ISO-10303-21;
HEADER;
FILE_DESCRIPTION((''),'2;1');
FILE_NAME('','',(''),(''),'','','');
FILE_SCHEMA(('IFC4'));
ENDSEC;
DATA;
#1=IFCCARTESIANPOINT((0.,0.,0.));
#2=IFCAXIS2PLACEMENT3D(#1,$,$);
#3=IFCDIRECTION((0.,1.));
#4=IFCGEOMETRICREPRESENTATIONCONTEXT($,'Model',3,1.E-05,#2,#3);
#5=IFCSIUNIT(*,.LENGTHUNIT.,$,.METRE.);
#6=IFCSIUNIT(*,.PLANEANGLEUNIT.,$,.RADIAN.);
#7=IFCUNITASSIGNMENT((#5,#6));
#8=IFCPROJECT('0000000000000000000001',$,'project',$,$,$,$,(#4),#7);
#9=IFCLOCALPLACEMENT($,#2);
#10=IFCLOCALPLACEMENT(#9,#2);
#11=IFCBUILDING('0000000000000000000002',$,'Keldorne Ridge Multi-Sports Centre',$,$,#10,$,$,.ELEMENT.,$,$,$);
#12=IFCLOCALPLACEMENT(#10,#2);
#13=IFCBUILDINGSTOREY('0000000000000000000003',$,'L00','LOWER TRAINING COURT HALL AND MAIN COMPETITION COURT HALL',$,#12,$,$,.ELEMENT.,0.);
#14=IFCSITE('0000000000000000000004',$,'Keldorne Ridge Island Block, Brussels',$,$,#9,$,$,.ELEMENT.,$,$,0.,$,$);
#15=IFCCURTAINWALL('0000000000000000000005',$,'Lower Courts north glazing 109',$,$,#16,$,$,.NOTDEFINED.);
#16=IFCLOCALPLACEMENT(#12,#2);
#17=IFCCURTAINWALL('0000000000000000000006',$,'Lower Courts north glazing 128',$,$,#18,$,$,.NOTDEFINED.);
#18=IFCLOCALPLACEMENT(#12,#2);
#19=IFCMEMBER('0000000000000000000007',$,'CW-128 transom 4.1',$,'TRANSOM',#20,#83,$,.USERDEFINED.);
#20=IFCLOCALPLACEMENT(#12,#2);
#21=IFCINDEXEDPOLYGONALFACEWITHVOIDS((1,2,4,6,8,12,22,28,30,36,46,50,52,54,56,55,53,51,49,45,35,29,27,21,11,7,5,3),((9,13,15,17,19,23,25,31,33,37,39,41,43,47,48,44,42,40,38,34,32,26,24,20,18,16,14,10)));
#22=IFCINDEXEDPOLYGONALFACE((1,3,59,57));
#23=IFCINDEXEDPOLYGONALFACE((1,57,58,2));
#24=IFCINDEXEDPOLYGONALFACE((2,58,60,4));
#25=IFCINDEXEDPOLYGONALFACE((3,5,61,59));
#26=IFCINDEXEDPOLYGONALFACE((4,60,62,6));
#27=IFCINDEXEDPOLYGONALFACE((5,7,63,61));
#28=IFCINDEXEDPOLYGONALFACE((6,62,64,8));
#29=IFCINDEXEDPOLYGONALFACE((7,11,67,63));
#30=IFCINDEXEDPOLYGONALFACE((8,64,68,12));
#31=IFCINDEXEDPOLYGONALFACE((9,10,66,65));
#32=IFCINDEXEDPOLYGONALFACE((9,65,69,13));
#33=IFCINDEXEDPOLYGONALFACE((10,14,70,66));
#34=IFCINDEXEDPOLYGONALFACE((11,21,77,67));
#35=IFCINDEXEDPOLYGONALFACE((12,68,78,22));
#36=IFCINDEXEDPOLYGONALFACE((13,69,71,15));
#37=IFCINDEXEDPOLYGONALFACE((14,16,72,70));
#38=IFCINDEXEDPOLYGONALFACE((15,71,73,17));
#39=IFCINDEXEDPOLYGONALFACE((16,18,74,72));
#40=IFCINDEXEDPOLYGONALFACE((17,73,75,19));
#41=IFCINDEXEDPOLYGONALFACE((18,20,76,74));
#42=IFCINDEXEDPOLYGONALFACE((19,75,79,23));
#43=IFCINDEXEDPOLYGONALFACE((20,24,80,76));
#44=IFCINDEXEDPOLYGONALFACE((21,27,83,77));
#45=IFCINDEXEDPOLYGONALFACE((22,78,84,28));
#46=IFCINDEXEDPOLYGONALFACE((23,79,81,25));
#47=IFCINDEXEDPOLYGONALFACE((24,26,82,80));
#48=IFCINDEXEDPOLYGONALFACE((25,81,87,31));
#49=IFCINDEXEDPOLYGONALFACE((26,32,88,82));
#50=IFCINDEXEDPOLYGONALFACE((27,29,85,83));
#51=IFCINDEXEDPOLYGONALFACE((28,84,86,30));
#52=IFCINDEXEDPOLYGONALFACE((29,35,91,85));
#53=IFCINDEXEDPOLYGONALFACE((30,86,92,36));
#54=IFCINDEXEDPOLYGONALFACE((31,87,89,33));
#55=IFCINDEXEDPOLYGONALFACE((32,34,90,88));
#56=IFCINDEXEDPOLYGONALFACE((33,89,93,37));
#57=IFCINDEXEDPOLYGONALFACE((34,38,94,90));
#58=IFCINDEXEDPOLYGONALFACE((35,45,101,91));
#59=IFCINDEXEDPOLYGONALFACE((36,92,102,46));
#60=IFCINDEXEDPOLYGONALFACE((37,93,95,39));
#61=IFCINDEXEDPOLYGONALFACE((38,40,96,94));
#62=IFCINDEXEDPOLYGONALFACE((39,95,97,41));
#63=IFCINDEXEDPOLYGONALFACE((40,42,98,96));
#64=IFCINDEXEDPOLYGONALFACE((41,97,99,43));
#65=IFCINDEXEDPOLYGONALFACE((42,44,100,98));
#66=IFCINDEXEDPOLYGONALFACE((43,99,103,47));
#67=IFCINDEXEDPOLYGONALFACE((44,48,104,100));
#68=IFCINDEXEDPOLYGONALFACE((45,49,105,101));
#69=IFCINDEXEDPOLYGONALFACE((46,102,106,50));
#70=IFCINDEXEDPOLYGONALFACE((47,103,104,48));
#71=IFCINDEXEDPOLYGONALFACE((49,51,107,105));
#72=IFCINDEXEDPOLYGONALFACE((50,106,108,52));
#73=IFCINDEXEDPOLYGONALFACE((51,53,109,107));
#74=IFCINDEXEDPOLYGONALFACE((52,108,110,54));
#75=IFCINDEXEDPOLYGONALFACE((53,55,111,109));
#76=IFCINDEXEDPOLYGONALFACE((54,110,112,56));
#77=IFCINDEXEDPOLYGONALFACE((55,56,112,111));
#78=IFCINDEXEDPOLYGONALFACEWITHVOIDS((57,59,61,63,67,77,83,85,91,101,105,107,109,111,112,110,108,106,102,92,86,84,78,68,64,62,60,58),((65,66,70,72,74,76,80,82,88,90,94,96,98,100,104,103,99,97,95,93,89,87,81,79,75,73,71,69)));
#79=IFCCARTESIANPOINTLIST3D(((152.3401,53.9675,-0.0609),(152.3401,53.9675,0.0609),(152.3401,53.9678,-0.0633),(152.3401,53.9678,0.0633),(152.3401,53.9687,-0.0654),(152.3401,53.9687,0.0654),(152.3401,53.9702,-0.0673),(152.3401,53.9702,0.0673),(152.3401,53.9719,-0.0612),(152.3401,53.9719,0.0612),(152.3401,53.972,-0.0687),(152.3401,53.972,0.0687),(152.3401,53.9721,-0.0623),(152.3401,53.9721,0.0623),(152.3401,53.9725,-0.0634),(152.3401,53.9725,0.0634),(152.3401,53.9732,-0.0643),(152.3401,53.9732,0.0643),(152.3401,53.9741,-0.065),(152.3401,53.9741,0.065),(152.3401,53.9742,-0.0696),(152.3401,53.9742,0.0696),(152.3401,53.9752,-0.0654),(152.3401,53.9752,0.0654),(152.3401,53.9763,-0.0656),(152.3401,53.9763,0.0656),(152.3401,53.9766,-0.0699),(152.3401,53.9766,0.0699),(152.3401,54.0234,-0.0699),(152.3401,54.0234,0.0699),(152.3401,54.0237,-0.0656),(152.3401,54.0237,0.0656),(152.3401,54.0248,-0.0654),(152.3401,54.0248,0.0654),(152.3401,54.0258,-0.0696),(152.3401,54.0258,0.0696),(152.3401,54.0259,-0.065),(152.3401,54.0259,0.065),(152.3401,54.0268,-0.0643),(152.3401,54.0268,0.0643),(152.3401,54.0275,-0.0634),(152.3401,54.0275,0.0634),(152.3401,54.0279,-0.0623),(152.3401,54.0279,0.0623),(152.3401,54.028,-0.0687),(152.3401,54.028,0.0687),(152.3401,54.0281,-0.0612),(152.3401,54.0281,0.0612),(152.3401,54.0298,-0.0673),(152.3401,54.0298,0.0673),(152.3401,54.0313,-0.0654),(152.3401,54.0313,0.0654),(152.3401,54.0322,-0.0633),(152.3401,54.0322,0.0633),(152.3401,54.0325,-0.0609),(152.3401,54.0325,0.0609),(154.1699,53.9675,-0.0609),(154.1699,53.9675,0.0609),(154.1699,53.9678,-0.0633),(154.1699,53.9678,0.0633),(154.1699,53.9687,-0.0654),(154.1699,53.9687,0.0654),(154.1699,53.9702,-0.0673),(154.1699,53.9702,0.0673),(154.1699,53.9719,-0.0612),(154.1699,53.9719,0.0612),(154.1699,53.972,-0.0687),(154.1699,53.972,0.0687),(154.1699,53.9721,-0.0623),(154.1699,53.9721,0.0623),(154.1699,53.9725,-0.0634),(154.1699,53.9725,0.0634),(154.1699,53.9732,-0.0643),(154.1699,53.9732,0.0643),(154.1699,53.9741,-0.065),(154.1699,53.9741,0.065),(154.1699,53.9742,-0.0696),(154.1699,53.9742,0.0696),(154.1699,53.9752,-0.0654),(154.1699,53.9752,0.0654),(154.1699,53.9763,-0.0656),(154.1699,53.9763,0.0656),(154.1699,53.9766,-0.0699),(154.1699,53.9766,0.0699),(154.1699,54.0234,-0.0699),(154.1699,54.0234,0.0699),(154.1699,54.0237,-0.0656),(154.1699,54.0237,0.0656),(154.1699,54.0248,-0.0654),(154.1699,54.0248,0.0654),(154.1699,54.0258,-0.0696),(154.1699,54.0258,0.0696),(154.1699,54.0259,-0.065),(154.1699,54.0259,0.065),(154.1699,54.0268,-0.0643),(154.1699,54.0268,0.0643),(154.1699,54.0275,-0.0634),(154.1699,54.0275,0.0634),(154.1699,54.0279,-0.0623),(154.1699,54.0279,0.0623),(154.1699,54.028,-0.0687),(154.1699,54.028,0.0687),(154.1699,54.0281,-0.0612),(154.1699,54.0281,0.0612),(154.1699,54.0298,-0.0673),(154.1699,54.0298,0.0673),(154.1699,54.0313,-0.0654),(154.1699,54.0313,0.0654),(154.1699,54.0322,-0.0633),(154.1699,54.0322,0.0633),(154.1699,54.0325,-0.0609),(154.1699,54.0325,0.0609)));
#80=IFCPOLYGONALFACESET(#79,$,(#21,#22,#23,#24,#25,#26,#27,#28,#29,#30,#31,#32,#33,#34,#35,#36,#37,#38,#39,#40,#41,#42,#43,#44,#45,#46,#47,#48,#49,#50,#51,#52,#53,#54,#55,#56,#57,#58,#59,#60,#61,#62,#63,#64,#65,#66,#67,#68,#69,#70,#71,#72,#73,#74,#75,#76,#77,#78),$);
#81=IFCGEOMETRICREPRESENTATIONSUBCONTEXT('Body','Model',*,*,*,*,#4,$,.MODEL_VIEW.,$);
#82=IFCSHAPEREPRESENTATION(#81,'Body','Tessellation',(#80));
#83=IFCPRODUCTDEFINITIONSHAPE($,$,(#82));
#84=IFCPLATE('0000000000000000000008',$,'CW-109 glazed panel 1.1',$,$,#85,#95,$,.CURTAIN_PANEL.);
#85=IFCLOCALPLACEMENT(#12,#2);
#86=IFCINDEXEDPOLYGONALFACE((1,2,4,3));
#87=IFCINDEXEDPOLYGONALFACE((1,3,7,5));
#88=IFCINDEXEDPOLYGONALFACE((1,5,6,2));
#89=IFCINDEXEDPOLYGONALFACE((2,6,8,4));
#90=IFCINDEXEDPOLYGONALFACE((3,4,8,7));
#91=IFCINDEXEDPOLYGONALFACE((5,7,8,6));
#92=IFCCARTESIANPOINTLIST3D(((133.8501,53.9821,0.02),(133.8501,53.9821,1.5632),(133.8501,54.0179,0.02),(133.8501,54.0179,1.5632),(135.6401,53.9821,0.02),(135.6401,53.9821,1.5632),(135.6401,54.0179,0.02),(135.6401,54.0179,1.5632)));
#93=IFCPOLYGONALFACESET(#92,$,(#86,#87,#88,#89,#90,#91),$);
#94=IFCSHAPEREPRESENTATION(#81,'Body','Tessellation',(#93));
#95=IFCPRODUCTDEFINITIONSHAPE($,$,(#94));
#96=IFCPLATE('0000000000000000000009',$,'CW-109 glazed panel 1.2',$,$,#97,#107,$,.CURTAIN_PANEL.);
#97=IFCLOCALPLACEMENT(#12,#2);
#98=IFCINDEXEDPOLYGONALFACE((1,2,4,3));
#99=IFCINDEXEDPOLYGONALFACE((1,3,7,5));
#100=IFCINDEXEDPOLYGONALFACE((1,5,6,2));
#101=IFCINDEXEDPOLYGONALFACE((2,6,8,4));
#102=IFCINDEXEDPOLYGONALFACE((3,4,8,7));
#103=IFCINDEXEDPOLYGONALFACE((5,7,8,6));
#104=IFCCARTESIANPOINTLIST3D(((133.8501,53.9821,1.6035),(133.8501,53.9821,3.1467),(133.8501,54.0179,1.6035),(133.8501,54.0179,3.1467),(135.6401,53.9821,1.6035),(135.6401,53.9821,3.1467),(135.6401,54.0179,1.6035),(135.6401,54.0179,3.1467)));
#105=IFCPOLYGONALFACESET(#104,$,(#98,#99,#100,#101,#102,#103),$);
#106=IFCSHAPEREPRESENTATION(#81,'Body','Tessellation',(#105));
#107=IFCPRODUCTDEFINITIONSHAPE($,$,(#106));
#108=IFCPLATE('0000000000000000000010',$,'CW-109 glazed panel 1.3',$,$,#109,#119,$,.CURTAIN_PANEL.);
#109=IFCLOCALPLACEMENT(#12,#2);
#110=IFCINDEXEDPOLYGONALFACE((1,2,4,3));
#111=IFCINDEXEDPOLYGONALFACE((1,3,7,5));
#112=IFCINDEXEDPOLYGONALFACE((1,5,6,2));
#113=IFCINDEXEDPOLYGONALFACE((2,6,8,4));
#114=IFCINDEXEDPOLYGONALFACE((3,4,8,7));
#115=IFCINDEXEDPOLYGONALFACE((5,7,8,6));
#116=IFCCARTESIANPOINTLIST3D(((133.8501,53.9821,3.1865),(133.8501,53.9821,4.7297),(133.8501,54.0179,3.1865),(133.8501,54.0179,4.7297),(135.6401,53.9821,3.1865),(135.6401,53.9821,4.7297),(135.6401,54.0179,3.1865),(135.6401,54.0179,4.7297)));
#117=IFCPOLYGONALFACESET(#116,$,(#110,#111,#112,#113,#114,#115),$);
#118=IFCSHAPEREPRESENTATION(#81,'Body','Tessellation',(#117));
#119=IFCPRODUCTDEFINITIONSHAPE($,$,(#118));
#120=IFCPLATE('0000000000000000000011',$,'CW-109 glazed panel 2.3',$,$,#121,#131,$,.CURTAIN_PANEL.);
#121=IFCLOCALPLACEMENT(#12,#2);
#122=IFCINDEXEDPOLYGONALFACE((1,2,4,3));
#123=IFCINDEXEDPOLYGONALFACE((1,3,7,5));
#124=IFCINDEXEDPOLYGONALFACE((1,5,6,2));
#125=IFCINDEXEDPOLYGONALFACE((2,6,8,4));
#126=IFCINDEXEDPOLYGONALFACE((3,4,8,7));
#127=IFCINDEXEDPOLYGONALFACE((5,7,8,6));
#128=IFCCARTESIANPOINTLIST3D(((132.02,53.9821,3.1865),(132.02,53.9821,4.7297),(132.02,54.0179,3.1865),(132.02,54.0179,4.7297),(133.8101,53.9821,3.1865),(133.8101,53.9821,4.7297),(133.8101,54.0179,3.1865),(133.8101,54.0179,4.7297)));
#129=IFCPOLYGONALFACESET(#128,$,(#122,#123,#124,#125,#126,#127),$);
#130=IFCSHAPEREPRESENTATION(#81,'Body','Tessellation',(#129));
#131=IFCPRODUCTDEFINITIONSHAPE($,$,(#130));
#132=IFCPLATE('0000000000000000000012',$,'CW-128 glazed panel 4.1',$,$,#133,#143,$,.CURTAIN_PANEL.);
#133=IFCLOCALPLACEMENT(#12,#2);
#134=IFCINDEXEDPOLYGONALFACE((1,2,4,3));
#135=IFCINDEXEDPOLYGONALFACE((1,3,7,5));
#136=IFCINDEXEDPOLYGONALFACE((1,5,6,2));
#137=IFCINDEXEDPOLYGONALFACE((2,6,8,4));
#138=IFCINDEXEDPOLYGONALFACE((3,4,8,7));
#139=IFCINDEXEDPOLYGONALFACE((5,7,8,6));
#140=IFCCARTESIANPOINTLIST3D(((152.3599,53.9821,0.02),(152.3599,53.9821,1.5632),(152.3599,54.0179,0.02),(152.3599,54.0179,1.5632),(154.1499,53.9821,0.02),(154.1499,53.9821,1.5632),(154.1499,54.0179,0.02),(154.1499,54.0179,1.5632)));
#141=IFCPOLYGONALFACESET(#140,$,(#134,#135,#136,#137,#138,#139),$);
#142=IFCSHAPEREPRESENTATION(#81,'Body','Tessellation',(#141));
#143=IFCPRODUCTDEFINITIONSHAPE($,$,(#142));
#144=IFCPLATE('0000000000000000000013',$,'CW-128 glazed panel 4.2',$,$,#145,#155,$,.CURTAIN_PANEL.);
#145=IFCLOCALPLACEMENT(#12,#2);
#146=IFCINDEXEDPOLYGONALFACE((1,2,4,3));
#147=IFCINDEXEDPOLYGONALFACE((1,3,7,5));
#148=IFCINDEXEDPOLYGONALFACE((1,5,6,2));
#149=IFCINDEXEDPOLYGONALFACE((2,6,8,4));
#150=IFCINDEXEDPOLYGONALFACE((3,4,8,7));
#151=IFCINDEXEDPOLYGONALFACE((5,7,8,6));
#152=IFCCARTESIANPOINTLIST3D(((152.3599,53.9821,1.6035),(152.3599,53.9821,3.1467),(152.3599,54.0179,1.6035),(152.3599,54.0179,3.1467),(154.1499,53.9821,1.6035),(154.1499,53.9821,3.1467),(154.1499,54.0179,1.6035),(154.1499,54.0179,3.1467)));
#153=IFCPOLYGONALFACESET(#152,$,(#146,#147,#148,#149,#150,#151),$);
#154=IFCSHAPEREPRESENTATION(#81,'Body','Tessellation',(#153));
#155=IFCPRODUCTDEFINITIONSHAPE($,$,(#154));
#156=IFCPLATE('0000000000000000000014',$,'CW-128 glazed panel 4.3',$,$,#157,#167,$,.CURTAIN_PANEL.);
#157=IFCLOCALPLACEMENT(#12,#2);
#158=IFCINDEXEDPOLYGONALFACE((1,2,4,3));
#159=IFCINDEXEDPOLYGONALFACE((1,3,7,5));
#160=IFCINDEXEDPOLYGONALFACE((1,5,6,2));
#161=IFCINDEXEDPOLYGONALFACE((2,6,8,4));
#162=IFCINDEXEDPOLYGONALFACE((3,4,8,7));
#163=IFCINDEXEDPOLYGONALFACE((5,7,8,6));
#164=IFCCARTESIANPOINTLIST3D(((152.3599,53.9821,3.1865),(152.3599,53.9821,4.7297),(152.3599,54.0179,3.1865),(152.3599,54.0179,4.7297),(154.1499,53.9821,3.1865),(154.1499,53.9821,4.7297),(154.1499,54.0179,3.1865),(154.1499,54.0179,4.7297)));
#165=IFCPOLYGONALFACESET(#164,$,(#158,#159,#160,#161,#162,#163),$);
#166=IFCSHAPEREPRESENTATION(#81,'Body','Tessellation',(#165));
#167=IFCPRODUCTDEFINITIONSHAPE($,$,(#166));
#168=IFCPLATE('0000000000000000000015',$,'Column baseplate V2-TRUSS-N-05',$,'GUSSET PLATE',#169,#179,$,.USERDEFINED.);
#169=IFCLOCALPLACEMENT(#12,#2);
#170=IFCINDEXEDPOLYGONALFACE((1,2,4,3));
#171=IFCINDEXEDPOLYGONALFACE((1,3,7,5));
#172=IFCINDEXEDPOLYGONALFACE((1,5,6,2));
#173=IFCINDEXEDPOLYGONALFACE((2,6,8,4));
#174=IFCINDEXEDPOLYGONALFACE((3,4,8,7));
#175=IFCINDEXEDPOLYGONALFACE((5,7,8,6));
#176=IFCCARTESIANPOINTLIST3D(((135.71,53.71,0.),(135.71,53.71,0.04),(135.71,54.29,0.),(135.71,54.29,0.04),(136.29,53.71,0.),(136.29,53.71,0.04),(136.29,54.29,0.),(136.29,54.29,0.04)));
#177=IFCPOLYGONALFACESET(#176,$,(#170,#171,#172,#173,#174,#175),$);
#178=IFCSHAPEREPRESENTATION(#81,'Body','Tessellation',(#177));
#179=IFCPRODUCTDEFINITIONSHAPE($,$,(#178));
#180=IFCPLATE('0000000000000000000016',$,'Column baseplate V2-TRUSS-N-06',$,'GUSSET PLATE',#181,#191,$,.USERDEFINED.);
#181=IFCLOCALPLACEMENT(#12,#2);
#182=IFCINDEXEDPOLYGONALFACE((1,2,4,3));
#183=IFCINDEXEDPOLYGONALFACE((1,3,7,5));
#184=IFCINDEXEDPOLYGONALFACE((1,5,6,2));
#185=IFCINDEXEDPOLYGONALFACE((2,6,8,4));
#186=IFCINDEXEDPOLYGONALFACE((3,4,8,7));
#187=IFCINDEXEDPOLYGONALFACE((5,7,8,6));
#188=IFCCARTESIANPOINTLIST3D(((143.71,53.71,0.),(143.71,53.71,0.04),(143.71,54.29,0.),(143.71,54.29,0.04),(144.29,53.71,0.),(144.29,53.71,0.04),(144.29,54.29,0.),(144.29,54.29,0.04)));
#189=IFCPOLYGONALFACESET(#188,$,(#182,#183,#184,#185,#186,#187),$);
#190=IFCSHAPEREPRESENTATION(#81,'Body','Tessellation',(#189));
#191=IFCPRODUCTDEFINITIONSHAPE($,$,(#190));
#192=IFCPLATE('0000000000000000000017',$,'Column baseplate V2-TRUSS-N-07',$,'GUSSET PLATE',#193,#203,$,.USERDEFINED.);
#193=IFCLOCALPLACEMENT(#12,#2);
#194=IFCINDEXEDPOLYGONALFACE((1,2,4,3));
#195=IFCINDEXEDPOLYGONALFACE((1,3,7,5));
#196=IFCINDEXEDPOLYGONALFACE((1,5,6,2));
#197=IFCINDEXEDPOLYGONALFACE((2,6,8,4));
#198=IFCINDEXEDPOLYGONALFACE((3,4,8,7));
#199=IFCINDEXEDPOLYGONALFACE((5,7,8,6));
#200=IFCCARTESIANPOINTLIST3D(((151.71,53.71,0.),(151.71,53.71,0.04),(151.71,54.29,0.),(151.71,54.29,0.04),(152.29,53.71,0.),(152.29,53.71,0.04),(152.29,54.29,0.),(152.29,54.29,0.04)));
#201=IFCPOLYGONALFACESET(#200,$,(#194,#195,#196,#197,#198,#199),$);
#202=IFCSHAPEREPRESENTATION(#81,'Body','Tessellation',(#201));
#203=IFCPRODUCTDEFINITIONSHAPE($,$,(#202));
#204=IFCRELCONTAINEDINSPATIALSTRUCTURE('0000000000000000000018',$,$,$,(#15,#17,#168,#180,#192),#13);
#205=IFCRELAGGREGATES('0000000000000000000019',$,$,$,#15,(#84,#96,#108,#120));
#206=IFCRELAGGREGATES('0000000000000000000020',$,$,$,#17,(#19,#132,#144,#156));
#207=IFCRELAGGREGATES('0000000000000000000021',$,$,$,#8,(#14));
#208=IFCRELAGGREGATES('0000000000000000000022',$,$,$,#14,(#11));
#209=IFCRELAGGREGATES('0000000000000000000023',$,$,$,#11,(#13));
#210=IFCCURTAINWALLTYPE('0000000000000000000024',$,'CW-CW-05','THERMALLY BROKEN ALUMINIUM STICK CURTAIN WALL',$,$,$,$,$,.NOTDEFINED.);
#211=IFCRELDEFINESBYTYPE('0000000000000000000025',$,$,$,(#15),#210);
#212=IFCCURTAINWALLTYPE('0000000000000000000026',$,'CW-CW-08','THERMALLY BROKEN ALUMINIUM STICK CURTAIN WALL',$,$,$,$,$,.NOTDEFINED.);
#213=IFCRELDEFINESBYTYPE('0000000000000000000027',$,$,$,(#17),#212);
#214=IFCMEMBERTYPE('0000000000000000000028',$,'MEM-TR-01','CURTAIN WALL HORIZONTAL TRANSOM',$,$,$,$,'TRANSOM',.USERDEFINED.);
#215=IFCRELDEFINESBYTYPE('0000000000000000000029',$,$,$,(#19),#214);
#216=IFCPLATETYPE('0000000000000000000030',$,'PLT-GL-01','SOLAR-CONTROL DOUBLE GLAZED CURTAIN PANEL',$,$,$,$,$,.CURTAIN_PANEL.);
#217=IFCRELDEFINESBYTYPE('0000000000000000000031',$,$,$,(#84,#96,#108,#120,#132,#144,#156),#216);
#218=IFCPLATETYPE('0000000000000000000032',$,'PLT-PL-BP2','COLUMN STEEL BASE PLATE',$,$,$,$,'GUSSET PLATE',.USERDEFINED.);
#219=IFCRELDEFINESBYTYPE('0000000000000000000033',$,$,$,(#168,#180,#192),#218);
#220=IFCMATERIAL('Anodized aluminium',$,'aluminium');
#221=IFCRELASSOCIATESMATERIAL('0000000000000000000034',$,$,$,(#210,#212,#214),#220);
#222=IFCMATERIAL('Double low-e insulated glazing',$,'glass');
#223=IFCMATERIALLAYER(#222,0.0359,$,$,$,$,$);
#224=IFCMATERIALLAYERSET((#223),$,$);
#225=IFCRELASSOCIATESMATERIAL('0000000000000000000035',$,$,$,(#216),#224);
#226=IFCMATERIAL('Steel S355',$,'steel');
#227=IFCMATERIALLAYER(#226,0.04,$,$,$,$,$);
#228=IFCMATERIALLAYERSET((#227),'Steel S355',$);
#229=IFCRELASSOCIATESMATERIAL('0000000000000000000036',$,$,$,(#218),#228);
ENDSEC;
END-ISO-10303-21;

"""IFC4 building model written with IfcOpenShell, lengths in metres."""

from ifc_helpers import new_model, si_unit, direction, frame, origin, origin_2d, place, context, subcontext, project, spatial, rectangle, hollow_rectangle, extrude, material, layer, layer_set, material_profile, profile_set, type_object, element, aggregate, save


model = new_model("IFC4")

# Units and contexts
model_context = context("Model", 3, precision=1e-05, world=origin(), true_north=direction((0.0, 1.0)))
body_context = subcontext(model_context, "Body", "Model", "MODEL_VIEW")
ifc_project = project(units=[si_unit("LENGTHUNIT", "METRE"), si_unit("PLANEANGLEUNIT", "RADIAN")], contexts=[model_context])

# Site, building, storey
site_placement = place(None, origin())
site = spatial("IfcSite", under=ifc_project, at=site_placement, Name="Keldorne Ridge Island Block, Brussels", CompositionType="ELEMENT", RefElevation=0.0)
building_placement = place(site_placement, origin())
building = spatial("IfcBuilding", under=site, at=building_placement, Name="Keldorne Ridge Multi-Sports Centre", CompositionType="ELEMENT")
storey_placement = place(building_placement, origin())
storey = spatial("IfcBuildingStorey", under=building, at=storey_placement, Name="L00", Description="LOWER TRAINING COURT HALL AND MAIN COMPETITION COURT HALL", CompositionType="ELEMENT", Elevation=0.0)

# Shared definitions
ifc_material_1 = material(Name="Steel S355", Category="steel")

# Curtain walls
ifc_material_2 = material(Name="Anodized aluminium", Category="aluminium")
curtain_wall_type_1 = type_object("IfcCurtainWallType", Name="CW-CW-05", Description="THERMALLY BROKEN ALUMINIUM STICK CURTAIN WALL", PredefinedType="NOTDEFINED", material=ifc_material_2)
curtain_wall_1_placement = place(storey_placement, origin())
curtain_wall_1 = element("IfcCurtainWall", 1, at=curtain_wall_1_placement, inside=storey, type_object=curtain_wall_type_1, Name="Lower Courts north glazing 109", PredefinedType="NOTDEFINED")
curtain_wall_type_2 = type_object("IfcCurtainWallType", Name="CW-CW-08", Description="THERMALLY BROKEN ALUMINIUM STICK CURTAIN WALL", PredefinedType="NOTDEFINED", material=ifc_material_2)
curtain_wall_2_placement = place(storey_placement, origin())
curtain_wall_2 = element("IfcCurtainWall", 2, at=curtain_wall_2_placement, inside=storey, type_object=curtain_wall_type_2, Name="Lower Courts north glazing 128", PredefinedType="NOTDEFINED")

# Member
ifc_material_profile_1 = material_profile(ifc_material_2, hollow_rectangle(XDim=0.0649, YDim=0.1399, WallThickness=0.0044, InnerFilletRadius=0.0044, OuterFilletRadius=0.009, at=origin_2d()), Name="ALU TRANSOM 140x65x4.5")
ifc_profile_set_1 = profile_set([ifc_material_profile_1], Name="Anodized aluminium")
member_type_1 = type_object("IfcMemberType", Name="MEM-TR-01", Description="CURTAIN WALL HORIZONTAL TRANSOM", ElementType="TRANSOM", PredefinedType="USERDEFINED", material=ifc_profile_set_1)
member_1_placement = place(storey_placement, frame((154.1699, 54.0, 0.0), z_axis=(-1.0, 0.0, 0.0), x_axis=(0.0, -1.0, 0.0)))
member_1 = element("IfcMember", 3, at=member_1_placement, type_object=member_type_1, Name="CW-128 transom 4.1", ObjectType="TRANSOM", PredefinedType="USERDEFINED", context=body_context, shape_type="SweptSolid", body=[
    extrude(hollow_rectangle(XDim=0.0649, YDim=0.1399, WallThickness=0.0044, InnerFilletRadius=0.0044, OuterFilletRadius=0.009, at=origin_2d()), origin(), (0.0, 0.0, 1.0), 1.8298),
])

# Plates
ifc_material_3 = material(Name="Double low-e insulated glazing", Category="glass")
ifc_layer_1 = layer(ifc_material_3, 0.0359)
ifc_layer_set_1 = layer_set([ifc_layer_1])
plate_type_1 = type_object("IfcPlateType", Name="PLT-GL-01", Description="SOLAR-CONTROL DOUBLE GLAZED CURTAIN PANEL", PredefinedType="CURTAIN_PANEL", material=ifc_layer_set_1)
plate_1_placement = place(storey_placement, frame((134.7451, 54.0, 0.02), z_axis=(0.0, 0.0, 1.0), x_axis=(-1.0, 0.0, 0.0)))
plate_1 = element("IfcPlate", 4, at=plate_1_placement, type_object=plate_type_1, Name="CW-109 glazed panel 1.1", PredefinedType="CURTAIN_PANEL", context=body_context, shape_type="SweptSolid", body=[
    extrude(rectangle(XDim=1.79, YDim=0.0359, at=origin_2d()), origin(), (0.0, 0.0, 1.0), 1.5432),
])
plate_2_placement = place(storey_placement, frame((134.7451, 54.0, 1.6035), z_axis=(0.0, 0.0, 1.0), x_axis=(-1.0, 0.0, 0.0)))
plate_2 = element("IfcPlate", 5, at=plate_2_placement, type_object=plate_type_1, Name="CW-109 glazed panel 1.2", PredefinedType="CURTAIN_PANEL", context=body_context, shape_type="SweptSolid", body=[
    extrude(rectangle(XDim=1.79, YDim=0.0359, at=origin_2d()), origin(), (0.0, 0.0, 1.0), 1.5432),
])
plate_3_placement = place(storey_placement, frame((134.7451, 54.0, 3.1865), z_axis=(0.0, 0.0, 1.0), x_axis=(-1.0, 0.0, 0.0)))
plate_3 = element("IfcPlate", 6, at=plate_3_placement, type_object=plate_type_1, Name="CW-109 glazed panel 1.3", PredefinedType="CURTAIN_PANEL", context=body_context, shape_type="SweptSolid", body=[
    extrude(rectangle(XDim=1.79, YDim=0.0359, at=origin_2d()), origin(), (0.0, 0.0, 1.0), 1.5432),
])
plate_4_placement = place(storey_placement, frame((132.915, 54.0, 3.1865), z_axis=(0.0, 0.0, 1.0), x_axis=(-1.0, 0.0, 0.0)))
plate_4 = element("IfcPlate", 7, at=plate_4_placement, type_object=plate_type_1, Name="CW-109 glazed panel 2.3", PredefinedType="CURTAIN_PANEL", context=body_context, shape_type="SweptSolid", body=[
    extrude(rectangle(XDim=1.79, YDim=0.0359, at=origin_2d()), origin(), (0.0, 0.0, 1.0), 1.5432),
])
aggregate(curtain_wall_1, [plate_1, plate_2, plate_3, plate_4])
plate_5_placement = place(storey_placement, frame((153.2549, 54.0, 0.02), z_axis=(0.0, 0.0, 1.0), x_axis=(-1.0, 0.0, 0.0)))
plate_5 = element("IfcPlate", 8, at=plate_5_placement, type_object=plate_type_1, Name="CW-128 glazed panel 4.1", PredefinedType="CURTAIN_PANEL", context=body_context, shape_type="SweptSolid", body=[
    extrude(rectangle(XDim=1.79, YDim=0.0359, at=origin_2d()), origin(), (0.0, 0.0, 1.0), 1.5432),
])
plate_6_placement = place(storey_placement, frame((153.2549, 54.0, 1.6035), z_axis=(0.0, 0.0, 1.0), x_axis=(-1.0, 0.0, 0.0)))
plate_6 = element("IfcPlate", 9, at=plate_6_placement, type_object=plate_type_1, Name="CW-128 glazed panel 4.2", PredefinedType="CURTAIN_PANEL", context=body_context, shape_type="SweptSolid", body=[
    extrude(rectangle(XDim=1.79, YDim=0.0359, at=origin_2d()), origin(), (0.0, 0.0, 1.0), 1.5432),
])
plate_7_placement = place(storey_placement, frame((153.2549, 54.0, 3.1865), z_axis=(0.0, 0.0, 1.0), x_axis=(-1.0, 0.0, 0.0)))
plate_7 = element("IfcPlate", 10, at=plate_7_placement, type_object=plate_type_1, Name="CW-128 glazed panel 4.3", PredefinedType="CURTAIN_PANEL", context=body_context, shape_type="SweptSolid", body=[
    extrude(rectangle(XDim=1.79, YDim=0.0359, at=origin_2d()), origin(), (0.0, 0.0, 1.0), 1.5432),
])
aggregate(curtain_wall_2, [member_1, plate_5, plate_6, plate_7])

# Plates
ifc_layer_2 = layer(ifc_material_1, 0.04)
ifc_layer_set_2 = layer_set([ifc_layer_2], Name="Steel S355")
plate_type_2 = type_object("IfcPlateType", Name="PLT-PL-BP2", Description="COLUMN STEEL BASE PLATE", ElementType="GUSSET PLATE", PredefinedType="USERDEFINED", material=ifc_layer_set_2)
for number, where, z_axis, x_axis, name in (
    (11, (136.0, 54.0, 0.0), (0.0, 0.0, 1.0), (1.0, 0.0, 0.0), "Column baseplate V2-TRUSS-N-05"),
    (12, (144.0, 54.0, 0.0), (0.0, 0.0, 1.0), (1.0, 0.0, 0.0), "Column baseplate V2-TRUSS-N-06"),
    (13, (152.0, 54.0, 0.0), (0.0, 0.0, 1.0), (1.0, 0.0, 0.0), "Column baseplate V2-TRUSS-N-07"),
):
    element("IfcPlate", number, at=place(storey_placement, frame(where, z_axis=z_axis, x_axis=x_axis)), inside=storey, type_object=plate_type_2, Name=name, ObjectType="GUSSET PLATE", PredefinedType="USERDEFINED", context=body_context, shape_type="SweptSolid", body=[
        extrude(rectangle(XDim=0.5801, YDim=0.5801, at=origin_2d()), origin(), (0.0, 0.0, 1.0), 0.04),
    ])

save(model, "model.ifc")
